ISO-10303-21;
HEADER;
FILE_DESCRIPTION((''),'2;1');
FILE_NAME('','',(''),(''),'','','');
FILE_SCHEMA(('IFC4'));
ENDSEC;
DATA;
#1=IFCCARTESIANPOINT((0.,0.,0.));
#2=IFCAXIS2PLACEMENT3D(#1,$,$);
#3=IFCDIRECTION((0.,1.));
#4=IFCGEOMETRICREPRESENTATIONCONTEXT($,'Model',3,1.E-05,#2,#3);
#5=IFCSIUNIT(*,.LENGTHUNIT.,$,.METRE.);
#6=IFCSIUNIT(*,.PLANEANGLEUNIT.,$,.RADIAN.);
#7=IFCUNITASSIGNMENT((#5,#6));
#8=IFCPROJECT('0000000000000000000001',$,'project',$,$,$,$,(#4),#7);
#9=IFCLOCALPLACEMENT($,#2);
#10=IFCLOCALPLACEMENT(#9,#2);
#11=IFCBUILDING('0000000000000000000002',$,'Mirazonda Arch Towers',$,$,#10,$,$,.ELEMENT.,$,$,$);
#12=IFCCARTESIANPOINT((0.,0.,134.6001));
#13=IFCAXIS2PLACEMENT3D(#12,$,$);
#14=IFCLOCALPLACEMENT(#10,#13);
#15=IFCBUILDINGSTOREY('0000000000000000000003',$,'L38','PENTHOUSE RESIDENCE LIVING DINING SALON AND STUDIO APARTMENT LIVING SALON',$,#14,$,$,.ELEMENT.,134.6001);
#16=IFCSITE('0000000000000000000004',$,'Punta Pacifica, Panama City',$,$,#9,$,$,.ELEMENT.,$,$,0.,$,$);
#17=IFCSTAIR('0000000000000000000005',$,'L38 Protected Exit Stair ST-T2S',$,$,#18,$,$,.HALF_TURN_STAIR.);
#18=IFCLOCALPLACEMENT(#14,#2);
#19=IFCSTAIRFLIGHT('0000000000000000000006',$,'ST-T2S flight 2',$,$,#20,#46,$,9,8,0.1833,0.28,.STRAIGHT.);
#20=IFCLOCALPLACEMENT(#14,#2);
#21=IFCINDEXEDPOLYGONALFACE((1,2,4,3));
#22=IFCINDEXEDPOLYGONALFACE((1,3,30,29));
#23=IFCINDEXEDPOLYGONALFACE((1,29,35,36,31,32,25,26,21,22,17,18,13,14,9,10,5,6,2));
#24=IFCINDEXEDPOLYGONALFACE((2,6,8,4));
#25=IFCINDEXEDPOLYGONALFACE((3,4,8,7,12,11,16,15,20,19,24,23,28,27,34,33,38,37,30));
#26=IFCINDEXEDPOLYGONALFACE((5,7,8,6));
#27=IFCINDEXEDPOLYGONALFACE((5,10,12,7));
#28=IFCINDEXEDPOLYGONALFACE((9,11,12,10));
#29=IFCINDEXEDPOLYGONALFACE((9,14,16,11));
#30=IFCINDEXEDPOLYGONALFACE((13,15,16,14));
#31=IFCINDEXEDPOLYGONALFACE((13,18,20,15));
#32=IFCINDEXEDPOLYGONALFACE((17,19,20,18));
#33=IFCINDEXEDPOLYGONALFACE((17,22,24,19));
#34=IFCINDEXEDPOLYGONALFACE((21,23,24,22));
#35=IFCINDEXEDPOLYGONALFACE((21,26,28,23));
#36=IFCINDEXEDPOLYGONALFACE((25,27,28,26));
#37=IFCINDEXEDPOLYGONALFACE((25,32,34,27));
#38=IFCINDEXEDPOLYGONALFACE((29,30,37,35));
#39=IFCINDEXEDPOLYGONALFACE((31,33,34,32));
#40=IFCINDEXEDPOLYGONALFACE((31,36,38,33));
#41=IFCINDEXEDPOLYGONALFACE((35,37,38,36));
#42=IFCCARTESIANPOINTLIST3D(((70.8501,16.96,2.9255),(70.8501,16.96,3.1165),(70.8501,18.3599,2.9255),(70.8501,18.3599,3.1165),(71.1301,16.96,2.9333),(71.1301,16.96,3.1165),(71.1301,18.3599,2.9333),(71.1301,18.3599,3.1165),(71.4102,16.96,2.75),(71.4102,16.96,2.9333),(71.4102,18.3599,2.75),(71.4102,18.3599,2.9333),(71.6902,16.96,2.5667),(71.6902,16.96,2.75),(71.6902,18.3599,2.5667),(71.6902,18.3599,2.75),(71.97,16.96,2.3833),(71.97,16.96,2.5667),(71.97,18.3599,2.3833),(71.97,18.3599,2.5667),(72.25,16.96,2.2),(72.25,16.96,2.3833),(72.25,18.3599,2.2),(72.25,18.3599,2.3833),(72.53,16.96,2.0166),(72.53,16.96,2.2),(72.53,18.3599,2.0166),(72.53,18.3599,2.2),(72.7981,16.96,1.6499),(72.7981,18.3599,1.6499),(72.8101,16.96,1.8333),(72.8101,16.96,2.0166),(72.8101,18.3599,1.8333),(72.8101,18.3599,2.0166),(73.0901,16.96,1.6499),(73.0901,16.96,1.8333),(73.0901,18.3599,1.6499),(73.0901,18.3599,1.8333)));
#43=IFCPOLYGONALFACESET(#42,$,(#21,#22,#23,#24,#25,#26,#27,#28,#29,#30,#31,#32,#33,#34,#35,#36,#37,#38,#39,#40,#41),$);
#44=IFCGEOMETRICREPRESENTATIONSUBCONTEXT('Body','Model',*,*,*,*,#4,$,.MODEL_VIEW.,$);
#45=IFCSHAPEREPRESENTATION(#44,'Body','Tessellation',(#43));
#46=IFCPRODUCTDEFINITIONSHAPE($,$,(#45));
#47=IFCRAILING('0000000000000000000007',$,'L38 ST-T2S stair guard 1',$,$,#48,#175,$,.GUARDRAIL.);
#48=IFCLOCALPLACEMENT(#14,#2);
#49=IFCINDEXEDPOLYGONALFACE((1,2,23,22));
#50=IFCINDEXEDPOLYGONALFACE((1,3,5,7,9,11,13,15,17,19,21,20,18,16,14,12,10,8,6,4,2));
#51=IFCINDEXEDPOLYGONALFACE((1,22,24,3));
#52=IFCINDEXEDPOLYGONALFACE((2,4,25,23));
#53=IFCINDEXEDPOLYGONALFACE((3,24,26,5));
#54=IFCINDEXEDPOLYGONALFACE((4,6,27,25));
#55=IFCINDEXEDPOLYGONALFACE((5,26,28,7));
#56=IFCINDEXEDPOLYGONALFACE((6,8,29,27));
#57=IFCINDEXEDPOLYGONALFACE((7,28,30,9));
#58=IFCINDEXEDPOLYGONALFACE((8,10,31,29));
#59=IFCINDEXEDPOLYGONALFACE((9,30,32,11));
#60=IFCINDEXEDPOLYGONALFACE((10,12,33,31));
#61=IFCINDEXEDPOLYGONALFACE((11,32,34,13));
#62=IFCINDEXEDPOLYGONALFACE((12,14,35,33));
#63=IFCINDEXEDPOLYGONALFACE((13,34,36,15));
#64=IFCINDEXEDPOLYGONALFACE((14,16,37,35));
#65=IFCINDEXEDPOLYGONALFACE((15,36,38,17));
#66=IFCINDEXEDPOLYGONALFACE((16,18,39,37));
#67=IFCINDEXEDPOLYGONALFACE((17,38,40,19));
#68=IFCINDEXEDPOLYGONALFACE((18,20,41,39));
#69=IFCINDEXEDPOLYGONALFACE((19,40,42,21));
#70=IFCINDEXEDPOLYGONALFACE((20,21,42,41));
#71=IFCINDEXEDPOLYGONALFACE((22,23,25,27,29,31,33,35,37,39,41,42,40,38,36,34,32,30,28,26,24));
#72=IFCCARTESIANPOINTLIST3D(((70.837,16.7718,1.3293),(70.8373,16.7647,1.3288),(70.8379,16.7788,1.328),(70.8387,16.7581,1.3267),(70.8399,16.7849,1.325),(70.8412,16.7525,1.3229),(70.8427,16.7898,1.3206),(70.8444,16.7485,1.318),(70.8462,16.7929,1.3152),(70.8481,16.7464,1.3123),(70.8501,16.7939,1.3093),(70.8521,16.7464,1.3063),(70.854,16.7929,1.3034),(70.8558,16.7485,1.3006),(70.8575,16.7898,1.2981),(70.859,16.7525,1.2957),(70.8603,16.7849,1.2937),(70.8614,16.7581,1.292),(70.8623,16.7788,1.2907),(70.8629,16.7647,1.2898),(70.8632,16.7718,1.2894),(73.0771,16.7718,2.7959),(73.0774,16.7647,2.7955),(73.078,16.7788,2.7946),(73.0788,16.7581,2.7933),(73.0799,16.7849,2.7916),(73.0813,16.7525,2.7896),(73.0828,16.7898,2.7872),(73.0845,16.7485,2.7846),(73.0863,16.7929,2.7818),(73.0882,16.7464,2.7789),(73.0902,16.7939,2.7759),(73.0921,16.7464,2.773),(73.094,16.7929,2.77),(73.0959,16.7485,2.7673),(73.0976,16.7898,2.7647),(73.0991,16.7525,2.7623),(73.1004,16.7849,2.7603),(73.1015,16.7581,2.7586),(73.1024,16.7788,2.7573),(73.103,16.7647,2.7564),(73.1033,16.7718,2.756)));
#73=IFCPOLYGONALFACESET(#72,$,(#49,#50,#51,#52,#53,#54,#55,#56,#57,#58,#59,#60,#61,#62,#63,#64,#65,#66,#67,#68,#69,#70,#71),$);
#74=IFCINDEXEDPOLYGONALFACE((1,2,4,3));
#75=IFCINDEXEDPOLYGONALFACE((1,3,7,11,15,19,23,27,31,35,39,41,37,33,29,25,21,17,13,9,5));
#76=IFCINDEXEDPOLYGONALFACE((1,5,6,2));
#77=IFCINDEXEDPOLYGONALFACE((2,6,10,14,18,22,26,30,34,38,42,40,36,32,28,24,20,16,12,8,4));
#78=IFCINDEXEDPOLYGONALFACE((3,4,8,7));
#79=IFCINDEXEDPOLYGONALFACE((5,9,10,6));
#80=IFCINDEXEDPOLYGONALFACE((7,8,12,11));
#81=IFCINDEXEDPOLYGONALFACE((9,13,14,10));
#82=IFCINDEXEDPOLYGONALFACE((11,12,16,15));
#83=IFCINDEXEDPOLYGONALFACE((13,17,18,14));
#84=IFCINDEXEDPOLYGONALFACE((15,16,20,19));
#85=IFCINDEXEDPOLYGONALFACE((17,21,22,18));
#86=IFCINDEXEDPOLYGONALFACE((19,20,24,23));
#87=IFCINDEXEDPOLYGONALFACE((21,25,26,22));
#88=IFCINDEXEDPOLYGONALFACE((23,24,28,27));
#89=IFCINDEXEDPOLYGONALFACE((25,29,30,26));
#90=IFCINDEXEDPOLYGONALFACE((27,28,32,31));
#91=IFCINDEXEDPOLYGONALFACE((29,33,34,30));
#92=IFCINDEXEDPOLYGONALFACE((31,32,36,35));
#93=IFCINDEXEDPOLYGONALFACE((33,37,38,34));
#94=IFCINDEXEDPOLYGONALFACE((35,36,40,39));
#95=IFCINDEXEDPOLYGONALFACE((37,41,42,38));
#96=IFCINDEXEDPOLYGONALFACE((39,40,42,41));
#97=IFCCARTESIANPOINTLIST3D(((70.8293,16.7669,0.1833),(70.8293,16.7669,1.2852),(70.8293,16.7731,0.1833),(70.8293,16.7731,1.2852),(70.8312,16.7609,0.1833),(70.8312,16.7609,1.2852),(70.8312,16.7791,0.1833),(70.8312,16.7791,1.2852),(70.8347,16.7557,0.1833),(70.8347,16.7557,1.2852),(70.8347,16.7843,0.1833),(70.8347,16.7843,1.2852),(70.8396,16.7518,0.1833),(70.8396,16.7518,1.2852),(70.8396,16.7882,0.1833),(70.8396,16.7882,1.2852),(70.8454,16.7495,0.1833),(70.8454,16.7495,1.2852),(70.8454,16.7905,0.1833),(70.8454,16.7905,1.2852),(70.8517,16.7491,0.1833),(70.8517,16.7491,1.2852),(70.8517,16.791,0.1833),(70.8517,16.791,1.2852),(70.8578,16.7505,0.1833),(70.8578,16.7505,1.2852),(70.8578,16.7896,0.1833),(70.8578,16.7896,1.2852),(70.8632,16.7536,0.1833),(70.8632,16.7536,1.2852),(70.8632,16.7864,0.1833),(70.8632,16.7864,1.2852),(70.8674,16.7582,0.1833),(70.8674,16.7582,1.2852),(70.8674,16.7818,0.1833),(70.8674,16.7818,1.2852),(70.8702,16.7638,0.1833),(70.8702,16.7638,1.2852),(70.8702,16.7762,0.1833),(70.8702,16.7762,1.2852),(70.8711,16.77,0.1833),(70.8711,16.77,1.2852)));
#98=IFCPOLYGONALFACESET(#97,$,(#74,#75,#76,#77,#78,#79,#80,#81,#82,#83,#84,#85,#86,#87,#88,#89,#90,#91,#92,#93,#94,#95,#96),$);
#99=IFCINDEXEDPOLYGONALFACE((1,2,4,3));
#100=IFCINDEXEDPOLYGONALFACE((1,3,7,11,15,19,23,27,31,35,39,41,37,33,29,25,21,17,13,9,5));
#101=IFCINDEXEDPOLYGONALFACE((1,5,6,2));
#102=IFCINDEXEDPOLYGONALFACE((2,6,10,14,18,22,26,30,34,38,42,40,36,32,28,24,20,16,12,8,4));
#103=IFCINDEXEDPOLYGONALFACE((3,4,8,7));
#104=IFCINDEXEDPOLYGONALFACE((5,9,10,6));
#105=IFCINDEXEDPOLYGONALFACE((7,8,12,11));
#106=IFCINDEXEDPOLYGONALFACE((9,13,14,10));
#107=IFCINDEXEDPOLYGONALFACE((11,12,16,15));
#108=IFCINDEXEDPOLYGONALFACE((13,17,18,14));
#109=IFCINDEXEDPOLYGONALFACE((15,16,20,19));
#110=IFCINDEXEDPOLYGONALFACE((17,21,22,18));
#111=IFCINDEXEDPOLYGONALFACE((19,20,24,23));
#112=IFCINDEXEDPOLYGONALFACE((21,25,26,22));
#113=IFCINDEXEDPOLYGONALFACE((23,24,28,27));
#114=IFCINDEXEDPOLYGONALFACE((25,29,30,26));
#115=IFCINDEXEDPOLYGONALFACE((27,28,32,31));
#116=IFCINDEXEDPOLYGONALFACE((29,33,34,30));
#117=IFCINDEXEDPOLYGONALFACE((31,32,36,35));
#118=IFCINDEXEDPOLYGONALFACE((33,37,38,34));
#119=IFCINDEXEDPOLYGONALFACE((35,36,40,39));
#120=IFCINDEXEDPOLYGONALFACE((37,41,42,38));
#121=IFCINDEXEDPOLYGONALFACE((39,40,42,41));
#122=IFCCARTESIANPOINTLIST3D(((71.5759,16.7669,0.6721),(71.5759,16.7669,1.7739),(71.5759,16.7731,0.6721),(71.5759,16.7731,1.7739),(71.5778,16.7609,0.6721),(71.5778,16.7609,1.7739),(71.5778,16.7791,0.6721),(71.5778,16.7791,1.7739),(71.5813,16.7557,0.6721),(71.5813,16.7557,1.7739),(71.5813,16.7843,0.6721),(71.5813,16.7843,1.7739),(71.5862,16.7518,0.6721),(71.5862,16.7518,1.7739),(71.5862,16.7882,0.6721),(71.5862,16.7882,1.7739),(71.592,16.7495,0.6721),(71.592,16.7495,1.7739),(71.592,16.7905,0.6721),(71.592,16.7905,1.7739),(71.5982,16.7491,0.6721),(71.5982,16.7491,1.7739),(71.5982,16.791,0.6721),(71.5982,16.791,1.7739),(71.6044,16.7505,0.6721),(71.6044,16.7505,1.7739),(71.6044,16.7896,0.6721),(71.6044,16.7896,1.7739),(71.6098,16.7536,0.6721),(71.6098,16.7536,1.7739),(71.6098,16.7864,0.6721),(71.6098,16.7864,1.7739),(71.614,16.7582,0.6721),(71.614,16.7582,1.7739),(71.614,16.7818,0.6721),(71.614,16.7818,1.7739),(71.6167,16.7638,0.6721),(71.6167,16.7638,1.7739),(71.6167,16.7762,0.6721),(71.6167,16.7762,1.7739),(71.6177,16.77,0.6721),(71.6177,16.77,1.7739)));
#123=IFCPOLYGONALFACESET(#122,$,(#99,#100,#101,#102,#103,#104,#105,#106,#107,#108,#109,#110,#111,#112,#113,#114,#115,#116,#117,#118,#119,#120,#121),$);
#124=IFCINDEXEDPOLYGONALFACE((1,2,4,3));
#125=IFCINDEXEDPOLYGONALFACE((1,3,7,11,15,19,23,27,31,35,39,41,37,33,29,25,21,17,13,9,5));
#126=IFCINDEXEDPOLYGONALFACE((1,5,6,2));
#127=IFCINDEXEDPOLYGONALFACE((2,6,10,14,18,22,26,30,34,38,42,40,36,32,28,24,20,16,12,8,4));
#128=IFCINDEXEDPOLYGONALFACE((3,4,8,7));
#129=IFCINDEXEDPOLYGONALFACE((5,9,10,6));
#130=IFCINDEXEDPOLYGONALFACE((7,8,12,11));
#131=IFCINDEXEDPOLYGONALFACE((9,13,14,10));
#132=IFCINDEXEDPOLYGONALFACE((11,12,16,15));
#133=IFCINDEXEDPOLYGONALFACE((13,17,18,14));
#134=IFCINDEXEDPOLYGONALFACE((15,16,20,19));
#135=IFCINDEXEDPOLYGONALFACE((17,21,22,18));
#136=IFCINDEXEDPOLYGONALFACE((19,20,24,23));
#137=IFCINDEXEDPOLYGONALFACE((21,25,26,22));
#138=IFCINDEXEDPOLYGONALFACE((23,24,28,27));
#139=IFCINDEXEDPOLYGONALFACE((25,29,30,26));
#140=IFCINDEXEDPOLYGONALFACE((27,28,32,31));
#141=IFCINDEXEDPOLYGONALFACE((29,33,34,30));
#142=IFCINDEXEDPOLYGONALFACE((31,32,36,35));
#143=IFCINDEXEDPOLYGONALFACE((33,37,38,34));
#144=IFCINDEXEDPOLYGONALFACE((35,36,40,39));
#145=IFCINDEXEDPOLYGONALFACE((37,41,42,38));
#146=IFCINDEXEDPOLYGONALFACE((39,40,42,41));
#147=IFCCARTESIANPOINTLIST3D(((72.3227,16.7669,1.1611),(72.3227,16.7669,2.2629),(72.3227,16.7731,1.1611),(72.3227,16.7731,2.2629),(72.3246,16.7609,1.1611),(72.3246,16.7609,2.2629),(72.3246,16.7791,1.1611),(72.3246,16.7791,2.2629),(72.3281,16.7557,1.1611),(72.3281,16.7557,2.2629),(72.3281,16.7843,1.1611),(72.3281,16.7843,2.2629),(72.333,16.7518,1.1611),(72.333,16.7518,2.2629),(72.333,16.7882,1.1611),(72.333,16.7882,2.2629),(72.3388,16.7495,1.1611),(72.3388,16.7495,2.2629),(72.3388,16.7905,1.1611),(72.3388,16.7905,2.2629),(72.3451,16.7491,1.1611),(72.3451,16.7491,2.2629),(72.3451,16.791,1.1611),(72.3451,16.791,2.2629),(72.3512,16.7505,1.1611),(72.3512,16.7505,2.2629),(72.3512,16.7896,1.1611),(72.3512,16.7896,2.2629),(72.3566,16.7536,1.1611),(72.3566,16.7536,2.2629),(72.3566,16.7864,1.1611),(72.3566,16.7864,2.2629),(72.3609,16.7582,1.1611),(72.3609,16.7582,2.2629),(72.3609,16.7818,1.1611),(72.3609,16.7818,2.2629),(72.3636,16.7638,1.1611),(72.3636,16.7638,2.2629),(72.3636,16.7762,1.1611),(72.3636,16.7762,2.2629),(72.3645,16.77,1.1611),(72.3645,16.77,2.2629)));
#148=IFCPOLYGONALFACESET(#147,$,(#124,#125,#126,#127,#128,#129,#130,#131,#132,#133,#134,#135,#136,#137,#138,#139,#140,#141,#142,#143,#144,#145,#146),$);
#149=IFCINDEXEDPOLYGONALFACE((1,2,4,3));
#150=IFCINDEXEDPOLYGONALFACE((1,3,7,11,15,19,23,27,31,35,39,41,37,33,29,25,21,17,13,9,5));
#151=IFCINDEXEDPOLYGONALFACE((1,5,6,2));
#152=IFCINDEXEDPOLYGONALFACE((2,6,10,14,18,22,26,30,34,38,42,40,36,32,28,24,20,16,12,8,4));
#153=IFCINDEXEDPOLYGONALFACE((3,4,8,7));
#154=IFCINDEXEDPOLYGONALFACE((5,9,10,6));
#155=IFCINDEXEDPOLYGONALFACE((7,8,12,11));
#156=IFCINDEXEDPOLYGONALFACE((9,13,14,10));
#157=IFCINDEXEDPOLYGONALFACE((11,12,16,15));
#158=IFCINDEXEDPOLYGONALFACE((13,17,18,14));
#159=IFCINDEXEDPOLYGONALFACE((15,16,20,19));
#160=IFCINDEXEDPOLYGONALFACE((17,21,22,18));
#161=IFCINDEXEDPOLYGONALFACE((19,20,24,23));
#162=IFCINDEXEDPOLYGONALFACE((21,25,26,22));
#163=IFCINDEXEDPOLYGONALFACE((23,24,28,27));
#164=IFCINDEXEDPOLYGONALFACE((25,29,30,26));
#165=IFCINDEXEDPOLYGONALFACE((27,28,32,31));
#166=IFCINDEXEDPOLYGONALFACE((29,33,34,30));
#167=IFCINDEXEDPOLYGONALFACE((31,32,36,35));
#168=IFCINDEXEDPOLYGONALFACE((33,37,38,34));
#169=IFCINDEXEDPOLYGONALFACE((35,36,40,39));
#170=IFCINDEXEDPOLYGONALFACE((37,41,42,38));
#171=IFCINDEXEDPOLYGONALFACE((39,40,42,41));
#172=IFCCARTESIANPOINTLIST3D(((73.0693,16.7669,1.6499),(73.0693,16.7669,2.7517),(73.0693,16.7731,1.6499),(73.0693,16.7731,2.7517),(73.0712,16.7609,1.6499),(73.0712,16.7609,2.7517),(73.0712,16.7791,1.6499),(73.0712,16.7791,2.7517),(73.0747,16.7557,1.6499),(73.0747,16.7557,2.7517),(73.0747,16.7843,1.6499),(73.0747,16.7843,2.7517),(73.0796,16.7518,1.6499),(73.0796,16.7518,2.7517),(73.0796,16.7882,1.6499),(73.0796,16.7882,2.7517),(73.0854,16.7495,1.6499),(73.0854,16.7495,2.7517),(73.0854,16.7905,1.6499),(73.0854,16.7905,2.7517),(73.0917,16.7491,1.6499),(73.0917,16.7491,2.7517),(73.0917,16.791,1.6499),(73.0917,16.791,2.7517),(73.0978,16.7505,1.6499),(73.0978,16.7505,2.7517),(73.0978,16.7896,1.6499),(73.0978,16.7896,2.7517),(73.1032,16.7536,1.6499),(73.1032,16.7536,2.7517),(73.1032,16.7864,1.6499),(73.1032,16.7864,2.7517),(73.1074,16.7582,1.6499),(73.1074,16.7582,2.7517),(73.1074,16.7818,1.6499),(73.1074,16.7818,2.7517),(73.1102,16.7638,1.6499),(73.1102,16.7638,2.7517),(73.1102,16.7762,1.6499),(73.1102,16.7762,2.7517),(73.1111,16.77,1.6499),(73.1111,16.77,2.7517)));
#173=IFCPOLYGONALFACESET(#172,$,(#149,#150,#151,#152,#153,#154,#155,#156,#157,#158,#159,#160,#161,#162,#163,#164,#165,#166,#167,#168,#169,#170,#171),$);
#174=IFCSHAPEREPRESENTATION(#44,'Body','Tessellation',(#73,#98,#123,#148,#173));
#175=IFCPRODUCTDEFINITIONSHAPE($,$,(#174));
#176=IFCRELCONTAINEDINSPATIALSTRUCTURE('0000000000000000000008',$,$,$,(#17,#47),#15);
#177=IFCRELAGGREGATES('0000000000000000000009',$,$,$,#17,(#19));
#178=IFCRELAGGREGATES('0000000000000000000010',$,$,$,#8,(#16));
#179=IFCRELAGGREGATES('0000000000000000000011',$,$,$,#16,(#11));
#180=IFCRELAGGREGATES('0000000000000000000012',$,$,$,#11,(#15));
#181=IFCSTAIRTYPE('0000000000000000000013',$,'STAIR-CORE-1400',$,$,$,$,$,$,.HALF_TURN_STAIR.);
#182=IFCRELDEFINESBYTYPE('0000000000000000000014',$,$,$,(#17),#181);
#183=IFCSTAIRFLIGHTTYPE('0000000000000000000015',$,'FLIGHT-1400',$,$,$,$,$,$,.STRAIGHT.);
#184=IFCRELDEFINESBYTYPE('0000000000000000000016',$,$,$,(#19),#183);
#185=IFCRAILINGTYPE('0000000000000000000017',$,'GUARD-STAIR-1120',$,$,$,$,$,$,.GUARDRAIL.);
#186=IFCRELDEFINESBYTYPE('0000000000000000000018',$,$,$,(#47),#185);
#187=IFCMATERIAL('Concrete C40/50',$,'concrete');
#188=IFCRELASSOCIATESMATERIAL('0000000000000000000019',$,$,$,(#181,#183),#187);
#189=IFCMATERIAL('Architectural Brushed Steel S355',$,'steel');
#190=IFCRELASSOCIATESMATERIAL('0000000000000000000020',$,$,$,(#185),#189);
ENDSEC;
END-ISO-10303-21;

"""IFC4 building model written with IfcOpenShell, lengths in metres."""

from ifc_helpers import new_model, si_unit, direction, frame, origin, origin_2d, place, context, subcontext, project, spatial, polyline, circle, outline, extrude, material, type_object, element, aggregate, save


model = new_model("IFC4")

# Units and contexts
model_context = context("Model", 3, precision=1e-05, world=origin(), true_north=direction((0.0, 1.0)))
body_context = subcontext(model_context, "Body", "Model", "MODEL_VIEW")
ifc_project = project(units=[si_unit("LENGTHUNIT", "METRE"), si_unit("PLANEANGLEUNIT", "RADIAN")], contexts=[model_context])

# Site, building, storey
site_placement = place(None, origin())
site = spatial("IfcSite", under=ifc_project, at=site_placement, Name="Punta Pacifica, Panama City", CompositionType="ELEMENT", RefElevation=0.0)
building_placement = place(site_placement, origin())
building = spatial("IfcBuilding", under=site, at=building_placement, Name="Mirazonda Arch Towers", CompositionType="ELEMENT")
storey_placement = place(building_placement, frame((0.0, 0.0, 134.6001)))
storey = spatial("IfcBuildingStorey", under=building, at=storey_placement, Name="L38", Description="PENTHOUSE RESIDENCE LIVING DINING SALON AND STUDIO APARTMENT LIVING SALON", CompositionType="ELEMENT", Elevation=134.6001)

# Shared definitions
ifc_material_1 = material(Name="Concrete C40/50", Category="concrete")

# Stair, stair flight
stair_type = type_object("IfcStairType", Name="STAIR-CORE-1400", PredefinedType="HALF_TURN_STAIR", material=ifc_material_1)
stair_placement = place(storey_placement, origin())
stair = element("IfcStair", 1, at=stair_placement, inside=storey, type_object=stair_type, Name="L38 Protected Exit Stair ST-T2S", PredefinedType="HALF_TURN_STAIR")
stair_flight_type = type_object("IfcStairFlightType", Name="FLIGHT-1400", PredefinedType="STRAIGHT", material=ifc_material_1)
stair_flight_1_placement = place(storey_placement, frame((73.0901, 17.6599, 1.6499), z_axis=(0.0, 0.0, 1.0), x_axis=(-1.0, 0.0, 0.0)))
stair_flight_1 = element("IfcStairFlight", 2, at=stair_flight_1_placement, type_object=stair_flight_type, Name="ST-T2S flight 2", NumberOfRisers=9, NumberOfTreads=8, PredefinedType="STRAIGHT", RiserHeight=0.1833, TreadLength=0.28, context=body_context, shape_type="SweptSolid", body=[
    extrude(outline(polyline([(0.0, 0.0), (0.0, 0.1833), (0.28, 0.1833), (0.28, 0.3667), (0.5601, 0.3667), (0.5601, 0.55), (0.8401, 0.55), (0.8401, 0.7334), (1.1201, 0.7334), (1.1201, 0.9167), (1.3999, 0.9167), (1.3999, 1.1001), (1.6799, 1.1001), (1.6799, 1.2834), (1.96, 1.2834), (1.96, 1.4666), (2.24, 1.4666), (2.24, 1.6499), (2.24, 1.2756), (0.292, 0.0), (0.0, 0.0)])), frame((0.0, 0.7, 0.0), z_axis=(0.0, -1.0, 0.0), x_axis=(1.0, 0.0, 0.0)), (0.0, 0.0, 1.0), 1.3999),
])
aggregate(stair, [stair_flight_1])

# Railing
ifc_material_2 = material(Name="Architectural Brushed Steel S355", Category="steel")
railing_type_1 = type_object("IfcRailingType", Name="GUARD-STAIR-1120", PredefinedType="GUARDRAIL", material=ifc_material_2)
railing_1_placement = place(storey_placement, frame((70.8501, 16.77, 0.1833)))
element("IfcRailing", 3, at=railing_1_placement, inside=storey, type_object=railing_type_1, Name="L38 ST-T2S stair guard 1", PredefinedType="GUARDRAIL", context=body_context, shape_type="SweptSolid", body=[
    extrude(circle(Radius=0.0239, at=origin_2d()), frame((0.0, 0.0, 1.126), z_axis=(0.836637, 0.0, 0.547758), x_axis=(0.0, 1.0, 0.0)), (0.0, 0.0, 1.0), 2.6775),
    extrude(circle(Radius=0.021, at=origin_2d()), origin(), (0.0, 0.0, 1.0), 1.1018),
    extrude(circle(Radius=0.021, at=origin_2d()), frame((0.7466, 0.0, 0.4888)), (0.0, 0.0, 1.0), 1.1018),
    extrude(circle(Radius=0.021, at=origin_2d()), frame((1.4934, 0.0, 0.9778)), (0.0, 0.0, 1.0), 1.1018),
    extrude(circle(Radius=0.021, at=origin_2d()), frame((2.24, 0.0, 1.4666)), (0.0, 0.0, 1.0), 1.1018),
])

save(model, "model.ifc")
